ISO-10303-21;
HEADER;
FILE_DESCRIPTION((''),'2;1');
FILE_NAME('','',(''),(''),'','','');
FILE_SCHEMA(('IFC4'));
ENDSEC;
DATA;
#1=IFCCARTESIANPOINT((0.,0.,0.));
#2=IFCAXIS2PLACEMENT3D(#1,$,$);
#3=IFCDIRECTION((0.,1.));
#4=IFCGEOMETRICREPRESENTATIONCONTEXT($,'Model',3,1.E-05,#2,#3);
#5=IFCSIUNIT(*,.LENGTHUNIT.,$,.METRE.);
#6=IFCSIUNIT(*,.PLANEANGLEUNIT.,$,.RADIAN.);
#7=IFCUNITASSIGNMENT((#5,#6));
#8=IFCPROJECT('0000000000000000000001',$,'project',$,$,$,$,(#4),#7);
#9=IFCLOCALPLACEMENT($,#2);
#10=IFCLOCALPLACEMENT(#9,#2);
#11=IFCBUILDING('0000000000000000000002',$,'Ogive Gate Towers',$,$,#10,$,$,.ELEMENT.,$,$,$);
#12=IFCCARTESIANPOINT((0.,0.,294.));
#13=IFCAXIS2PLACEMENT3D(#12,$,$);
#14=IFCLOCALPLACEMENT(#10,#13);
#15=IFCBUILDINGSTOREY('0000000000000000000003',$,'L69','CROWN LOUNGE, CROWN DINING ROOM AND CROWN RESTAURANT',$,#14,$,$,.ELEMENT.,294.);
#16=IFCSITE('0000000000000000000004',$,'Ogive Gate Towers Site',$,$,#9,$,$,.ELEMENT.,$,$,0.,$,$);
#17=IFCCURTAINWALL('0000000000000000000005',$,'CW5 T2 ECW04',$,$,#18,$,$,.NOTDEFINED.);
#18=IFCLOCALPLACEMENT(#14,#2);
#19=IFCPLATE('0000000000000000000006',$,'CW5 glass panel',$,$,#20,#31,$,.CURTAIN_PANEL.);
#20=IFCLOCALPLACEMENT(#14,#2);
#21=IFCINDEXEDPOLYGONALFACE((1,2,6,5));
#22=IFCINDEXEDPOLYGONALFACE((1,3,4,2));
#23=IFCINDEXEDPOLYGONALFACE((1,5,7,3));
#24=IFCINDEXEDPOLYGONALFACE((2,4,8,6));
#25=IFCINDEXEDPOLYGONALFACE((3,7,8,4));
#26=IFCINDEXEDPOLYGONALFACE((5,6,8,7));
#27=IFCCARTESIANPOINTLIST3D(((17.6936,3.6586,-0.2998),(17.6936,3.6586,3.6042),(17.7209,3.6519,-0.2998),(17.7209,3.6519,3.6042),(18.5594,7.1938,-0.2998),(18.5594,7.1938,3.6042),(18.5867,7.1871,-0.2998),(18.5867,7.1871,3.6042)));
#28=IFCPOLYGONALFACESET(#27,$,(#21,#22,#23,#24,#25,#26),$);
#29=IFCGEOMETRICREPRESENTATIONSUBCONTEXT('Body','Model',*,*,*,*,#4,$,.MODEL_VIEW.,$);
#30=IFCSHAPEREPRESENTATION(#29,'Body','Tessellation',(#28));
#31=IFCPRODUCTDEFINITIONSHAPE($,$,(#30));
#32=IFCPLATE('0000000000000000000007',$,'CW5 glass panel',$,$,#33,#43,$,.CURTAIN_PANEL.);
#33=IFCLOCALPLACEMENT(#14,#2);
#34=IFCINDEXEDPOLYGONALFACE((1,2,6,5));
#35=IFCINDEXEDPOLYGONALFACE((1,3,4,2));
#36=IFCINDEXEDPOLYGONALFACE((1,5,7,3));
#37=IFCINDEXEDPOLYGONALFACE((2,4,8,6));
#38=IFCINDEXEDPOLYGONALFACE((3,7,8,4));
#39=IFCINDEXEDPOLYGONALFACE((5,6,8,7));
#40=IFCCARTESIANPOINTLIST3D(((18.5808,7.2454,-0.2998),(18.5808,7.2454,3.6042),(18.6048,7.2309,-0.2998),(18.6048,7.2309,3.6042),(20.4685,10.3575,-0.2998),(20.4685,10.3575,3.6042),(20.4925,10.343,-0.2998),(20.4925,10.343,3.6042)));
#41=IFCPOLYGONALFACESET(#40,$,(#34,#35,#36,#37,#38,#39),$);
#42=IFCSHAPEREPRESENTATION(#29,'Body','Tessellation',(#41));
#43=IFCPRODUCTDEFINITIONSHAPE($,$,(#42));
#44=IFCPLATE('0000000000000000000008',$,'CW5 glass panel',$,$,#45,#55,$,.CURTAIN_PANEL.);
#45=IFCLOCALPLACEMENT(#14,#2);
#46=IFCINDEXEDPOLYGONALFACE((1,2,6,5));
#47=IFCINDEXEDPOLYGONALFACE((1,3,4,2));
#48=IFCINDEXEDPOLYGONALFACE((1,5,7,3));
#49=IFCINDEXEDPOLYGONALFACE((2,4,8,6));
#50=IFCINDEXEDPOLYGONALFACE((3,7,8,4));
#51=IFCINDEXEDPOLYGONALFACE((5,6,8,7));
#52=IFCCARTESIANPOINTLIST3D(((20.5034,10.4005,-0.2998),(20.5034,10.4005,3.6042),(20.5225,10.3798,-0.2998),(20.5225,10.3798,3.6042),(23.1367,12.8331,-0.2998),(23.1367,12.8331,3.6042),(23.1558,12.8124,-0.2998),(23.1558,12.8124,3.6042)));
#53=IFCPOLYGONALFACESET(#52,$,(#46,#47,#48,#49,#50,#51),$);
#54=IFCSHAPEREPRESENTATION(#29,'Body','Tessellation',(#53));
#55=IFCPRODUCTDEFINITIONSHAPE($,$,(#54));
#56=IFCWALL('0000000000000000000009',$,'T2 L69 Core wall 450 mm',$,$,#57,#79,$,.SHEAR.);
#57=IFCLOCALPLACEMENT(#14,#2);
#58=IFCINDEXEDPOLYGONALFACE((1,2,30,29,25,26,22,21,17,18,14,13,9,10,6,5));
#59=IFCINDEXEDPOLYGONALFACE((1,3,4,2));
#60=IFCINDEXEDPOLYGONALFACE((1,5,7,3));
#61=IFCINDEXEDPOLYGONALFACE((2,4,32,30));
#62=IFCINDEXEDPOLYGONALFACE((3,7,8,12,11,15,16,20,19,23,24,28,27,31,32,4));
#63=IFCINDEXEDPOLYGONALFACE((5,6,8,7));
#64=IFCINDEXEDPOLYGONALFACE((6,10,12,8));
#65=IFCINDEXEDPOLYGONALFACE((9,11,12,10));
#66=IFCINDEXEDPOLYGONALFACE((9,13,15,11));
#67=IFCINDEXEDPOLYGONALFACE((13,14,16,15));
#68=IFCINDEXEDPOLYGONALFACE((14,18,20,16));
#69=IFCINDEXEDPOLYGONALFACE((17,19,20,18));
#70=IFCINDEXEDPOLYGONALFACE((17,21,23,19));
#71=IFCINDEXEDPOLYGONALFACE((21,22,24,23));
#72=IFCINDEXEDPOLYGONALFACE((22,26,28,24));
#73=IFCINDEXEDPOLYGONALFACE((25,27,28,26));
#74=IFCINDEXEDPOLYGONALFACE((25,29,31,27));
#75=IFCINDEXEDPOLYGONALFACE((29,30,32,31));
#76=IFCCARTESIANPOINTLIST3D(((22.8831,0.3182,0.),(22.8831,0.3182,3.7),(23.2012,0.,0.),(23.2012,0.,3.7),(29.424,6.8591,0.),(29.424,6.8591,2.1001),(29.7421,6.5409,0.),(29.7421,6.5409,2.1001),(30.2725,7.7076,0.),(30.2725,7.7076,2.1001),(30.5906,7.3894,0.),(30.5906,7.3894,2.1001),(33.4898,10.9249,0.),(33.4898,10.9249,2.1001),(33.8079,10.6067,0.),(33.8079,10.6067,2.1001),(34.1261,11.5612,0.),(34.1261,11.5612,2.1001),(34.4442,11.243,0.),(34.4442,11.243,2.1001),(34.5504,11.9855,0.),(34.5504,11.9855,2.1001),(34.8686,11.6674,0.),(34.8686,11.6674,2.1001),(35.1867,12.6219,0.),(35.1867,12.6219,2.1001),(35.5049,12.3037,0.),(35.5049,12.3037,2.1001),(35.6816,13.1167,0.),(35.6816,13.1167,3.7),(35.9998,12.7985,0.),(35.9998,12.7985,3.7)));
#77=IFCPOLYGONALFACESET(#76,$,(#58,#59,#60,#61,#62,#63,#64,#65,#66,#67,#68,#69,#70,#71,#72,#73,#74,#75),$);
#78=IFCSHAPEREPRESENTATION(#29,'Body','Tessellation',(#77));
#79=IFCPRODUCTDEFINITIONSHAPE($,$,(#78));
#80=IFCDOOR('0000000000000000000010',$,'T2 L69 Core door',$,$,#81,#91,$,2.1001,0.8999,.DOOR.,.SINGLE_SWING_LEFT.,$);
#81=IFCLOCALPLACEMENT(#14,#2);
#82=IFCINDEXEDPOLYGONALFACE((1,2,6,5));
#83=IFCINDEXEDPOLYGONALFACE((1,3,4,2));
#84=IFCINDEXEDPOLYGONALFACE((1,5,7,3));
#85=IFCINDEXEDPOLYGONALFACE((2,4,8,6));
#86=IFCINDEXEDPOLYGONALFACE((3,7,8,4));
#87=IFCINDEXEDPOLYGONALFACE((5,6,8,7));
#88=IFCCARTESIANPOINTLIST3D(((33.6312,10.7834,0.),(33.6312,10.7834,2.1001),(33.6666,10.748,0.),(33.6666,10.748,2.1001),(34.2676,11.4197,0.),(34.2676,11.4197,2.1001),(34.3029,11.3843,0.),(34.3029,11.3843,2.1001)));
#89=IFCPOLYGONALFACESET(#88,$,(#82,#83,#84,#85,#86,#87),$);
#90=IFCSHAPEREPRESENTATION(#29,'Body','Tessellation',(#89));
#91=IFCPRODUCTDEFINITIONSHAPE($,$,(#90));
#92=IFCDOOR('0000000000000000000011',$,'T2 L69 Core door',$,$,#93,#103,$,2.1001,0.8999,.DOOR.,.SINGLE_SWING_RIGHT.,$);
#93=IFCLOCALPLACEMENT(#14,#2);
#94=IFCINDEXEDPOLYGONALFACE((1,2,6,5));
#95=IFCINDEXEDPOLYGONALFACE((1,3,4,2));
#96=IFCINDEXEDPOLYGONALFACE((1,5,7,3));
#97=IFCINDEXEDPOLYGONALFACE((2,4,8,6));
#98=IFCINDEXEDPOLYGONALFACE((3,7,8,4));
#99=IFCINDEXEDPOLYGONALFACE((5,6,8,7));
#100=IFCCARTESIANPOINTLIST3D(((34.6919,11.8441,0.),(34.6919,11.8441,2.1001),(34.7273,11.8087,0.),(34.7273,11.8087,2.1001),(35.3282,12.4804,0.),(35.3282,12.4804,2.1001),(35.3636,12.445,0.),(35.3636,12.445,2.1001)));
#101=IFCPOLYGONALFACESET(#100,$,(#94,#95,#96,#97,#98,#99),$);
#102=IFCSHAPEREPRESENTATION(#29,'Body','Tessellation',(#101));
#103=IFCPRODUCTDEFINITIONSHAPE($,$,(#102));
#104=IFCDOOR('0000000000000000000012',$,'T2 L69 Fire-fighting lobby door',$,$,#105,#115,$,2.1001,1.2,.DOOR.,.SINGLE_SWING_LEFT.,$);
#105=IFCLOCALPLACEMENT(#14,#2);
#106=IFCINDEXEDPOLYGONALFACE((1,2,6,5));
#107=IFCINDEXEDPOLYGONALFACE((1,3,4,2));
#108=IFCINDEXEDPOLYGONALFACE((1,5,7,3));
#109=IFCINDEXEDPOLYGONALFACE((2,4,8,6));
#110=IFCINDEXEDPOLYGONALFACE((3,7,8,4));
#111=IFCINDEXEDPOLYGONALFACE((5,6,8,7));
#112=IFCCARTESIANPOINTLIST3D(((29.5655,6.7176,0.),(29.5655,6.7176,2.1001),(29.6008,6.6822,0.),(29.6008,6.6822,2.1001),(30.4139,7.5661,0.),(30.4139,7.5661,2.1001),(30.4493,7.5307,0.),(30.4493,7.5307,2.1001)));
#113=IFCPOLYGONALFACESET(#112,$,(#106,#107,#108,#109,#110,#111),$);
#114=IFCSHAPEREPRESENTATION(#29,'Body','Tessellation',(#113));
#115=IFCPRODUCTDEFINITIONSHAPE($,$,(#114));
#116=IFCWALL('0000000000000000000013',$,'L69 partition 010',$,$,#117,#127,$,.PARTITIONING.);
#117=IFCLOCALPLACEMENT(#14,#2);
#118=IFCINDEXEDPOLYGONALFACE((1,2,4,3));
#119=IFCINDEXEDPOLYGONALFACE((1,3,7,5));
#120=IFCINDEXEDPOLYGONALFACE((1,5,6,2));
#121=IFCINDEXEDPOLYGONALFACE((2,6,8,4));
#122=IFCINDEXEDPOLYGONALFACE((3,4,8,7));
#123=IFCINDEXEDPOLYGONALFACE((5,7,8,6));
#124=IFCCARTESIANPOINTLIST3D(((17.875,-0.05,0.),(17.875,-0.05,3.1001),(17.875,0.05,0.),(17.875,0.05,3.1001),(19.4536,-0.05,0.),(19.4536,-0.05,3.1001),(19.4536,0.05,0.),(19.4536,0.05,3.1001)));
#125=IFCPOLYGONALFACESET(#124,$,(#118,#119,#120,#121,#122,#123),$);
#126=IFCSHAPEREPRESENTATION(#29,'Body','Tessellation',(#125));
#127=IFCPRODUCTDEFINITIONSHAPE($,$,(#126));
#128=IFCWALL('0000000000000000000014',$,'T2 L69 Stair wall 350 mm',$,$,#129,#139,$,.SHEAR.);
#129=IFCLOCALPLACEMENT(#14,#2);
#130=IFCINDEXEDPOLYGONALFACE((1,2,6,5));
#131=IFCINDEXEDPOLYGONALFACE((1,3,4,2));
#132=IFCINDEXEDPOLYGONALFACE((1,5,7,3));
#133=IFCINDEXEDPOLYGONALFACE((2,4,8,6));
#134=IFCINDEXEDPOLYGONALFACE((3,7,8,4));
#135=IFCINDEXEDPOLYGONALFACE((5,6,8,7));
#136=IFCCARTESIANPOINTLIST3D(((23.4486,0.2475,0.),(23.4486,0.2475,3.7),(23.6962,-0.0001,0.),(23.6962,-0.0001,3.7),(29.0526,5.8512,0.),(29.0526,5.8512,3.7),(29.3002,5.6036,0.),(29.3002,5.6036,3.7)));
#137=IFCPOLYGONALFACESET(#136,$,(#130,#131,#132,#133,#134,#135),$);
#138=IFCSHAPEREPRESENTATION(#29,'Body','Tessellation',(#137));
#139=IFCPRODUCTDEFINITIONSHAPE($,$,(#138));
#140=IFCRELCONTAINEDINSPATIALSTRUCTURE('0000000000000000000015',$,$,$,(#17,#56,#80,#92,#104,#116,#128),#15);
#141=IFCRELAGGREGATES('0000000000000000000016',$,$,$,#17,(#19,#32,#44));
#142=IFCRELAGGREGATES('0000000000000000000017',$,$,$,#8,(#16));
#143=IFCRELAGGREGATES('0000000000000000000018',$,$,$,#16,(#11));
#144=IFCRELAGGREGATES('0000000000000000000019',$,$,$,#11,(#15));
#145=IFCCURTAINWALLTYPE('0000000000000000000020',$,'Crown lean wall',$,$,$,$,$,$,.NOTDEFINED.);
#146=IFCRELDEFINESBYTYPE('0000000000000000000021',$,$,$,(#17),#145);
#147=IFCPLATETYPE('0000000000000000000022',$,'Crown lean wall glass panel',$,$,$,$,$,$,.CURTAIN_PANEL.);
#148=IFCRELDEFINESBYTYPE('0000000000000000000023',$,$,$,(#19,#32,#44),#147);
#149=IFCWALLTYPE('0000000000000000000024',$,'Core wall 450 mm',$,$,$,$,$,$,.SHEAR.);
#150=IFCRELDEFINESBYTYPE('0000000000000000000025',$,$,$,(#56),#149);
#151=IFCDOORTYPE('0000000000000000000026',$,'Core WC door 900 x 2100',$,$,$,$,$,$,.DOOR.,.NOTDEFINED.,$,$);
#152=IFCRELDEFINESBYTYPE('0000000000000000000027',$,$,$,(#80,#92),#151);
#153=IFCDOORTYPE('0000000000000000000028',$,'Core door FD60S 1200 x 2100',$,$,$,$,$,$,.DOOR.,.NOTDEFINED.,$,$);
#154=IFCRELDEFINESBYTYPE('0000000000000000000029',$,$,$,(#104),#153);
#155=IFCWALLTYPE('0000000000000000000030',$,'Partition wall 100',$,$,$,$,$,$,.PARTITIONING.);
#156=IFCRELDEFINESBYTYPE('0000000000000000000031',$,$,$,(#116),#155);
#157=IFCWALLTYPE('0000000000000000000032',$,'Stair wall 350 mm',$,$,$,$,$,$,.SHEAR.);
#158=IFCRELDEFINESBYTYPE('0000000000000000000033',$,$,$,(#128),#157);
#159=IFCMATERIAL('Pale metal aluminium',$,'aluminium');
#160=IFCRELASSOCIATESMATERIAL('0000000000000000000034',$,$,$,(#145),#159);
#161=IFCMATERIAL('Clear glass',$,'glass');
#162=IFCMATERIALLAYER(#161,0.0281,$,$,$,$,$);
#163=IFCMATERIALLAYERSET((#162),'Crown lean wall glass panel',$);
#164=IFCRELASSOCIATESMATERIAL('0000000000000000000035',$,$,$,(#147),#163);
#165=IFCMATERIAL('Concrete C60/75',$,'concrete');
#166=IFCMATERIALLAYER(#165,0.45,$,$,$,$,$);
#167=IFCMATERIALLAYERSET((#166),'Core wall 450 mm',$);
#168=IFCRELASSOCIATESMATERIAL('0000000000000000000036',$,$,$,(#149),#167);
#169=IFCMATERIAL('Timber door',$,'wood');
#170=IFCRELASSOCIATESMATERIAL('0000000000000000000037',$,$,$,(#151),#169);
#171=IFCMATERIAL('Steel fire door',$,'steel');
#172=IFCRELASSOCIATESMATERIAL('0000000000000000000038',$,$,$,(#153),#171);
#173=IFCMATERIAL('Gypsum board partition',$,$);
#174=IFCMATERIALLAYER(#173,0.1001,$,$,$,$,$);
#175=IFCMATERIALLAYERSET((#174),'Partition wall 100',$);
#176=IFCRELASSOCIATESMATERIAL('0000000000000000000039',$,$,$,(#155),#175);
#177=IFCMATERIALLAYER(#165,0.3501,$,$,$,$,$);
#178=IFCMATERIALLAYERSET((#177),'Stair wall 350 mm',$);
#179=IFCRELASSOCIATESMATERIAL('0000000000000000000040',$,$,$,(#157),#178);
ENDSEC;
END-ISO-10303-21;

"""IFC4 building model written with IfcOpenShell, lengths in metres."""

from ifc_helpers import new_model, si_unit, direction, frame, frame_2d, origin, origin_2d, place, context, subcontext, project, spatial, rectangle, extrude, material, layer, layer_set, type_object, element, fill, aggregate, save


model = new_model("IFC4")

# Units and contexts
model_context = context("Model", 3, precision=1e-05, world=origin(), true_north=direction((0.0, 1.0)))
body_context = subcontext(model_context, "Body", "Model", "MODEL_VIEW")
ifc_project = project(units=[si_unit("LENGTHUNIT", "METRE"), si_unit("PLANEANGLEUNIT", "RADIAN")], contexts=[model_context])

# Site, building, storey
site_placement = place(None, origin())
site = spatial("IfcSite", under=ifc_project, at=site_placement, Name="Ogive Gate Towers Site", CompositionType="ELEMENT", RefElevation=0.0)
building_placement = place(site_placement, origin())
building = spatial("IfcBuilding", under=site, at=building_placement, Name="Ogive Gate Towers", CompositionType="ELEMENT")
storey_placement = place(building_placement, frame((0.0, 0.0, 294.0)))
storey = spatial("IfcBuildingStorey", under=building, at=storey_placement, Name="L69", Description="CROWN LOUNGE, CROWN DINING ROOM AND CROWN RESTAURANT", CompositionType="ELEMENT", Elevation=294.0)

# Curtain wall
ifc_material_1 = material(Name="Pale metal aluminium", Category="aluminium")
curtain_wall_type = type_object("IfcCurtainWallType", Name="Crown lean wall", PredefinedType="NOTDEFINED", material=ifc_material_1)
curtain_wall_1_placement = place(storey_placement, origin())
curtain_wall_1 = element("IfcCurtainWall", 1, at=curtain_wall_1_placement, inside=storey, type_object=curtain_wall_type, Name="CW5 T2 ECW04", PredefinedType="NOTDEFINED")

# Plates
ifc_material_2 = material(Name="Clear glass", Category="glass")
ifc_layer_1 = layer(ifc_material_2, 0.0281)
ifc_layer_set_1 = layer_set([ifc_layer_1], Name="Crown lean wall glass panel")
plate_type = type_object("IfcPlateType", Name="Crown lean wall glass panel", PredefinedType="CURTAIN_PANEL", material=ifc_layer_set_1)
plate_1_placement = place(storey_placement, frame((18.1401, 5.4229, -0.2998), z_axis=(0.0, 0.0, 1.0), x_axis=(0.237872, 0.971296, 0.0)))
plate_1 = element("IfcPlate", 2, at=plate_1_placement, type_object=plate_type, Name="CW5 glass panel", PredefinedType="CURTAIN_PANEL", context=body_context, shape_type="SweptSolid", body=[
    extrude(rectangle(XDim=3.6396, YDim=0.0281, at=origin_2d()), origin(), (0.0, 0.0, 1.0), 3.9041),
])
plate_2_placement = place(storey_placement, frame((19.5366, 8.7942, -0.2998), z_axis=(0.0, 0.0, 1.0), x_axis=(0.518624, 0.855002, 0.0)))
plate_2 = element("IfcPlate", 3, at=plate_2_placement, type_object=plate_type, Name="CW5 glass panel", PredefinedType="CURTAIN_PANEL", context=body_context, shape_type="SweptSolid", body=[
    extrude(rectangle(XDim=3.6399, YDim=0.0281, at=origin_2d()), origin(), (0.0, 0.0, 1.0), 3.9041),
])
plate_3_placement = place(storey_placement, frame((21.8296, 11.6064, -0.2998), z_axis=(0.0, 0.0, 1.0), x_axis=(0.734548, 0.678557, 0.0)))
plate_3 = element("IfcPlate", 4, at=plate_3_placement, type_object=plate_type, Name="CW5 glass panel", PredefinedType="CURTAIN_PANEL", context=body_context, shape_type="SweptSolid", body=[
    extrude(rectangle(XDim=3.585, YDim=0.0281, at=origin_2d()), origin(), (0.0, 0.0, 1.0), 3.9041),
])
aggregate(curtain_wall_1, [plate_1, plate_2, plate_3])

# Wall, openings, doors
ifc_material_3 = material(Name="Concrete C60/75", Category="concrete")
ifc_layer_2 = layer(ifc_material_3, 0.45)
ifc_layer_set_2 = layer_set([ifc_layer_2], Name="Core wall 450 mm")
wall_type_1 = type_object("IfcWallType", Name="Core wall 450 mm", PredefinedType="SHEAR", material=ifc_layer_set_2)
wall_1_placement = place(storey_placement, frame((23.0422, 0.1592, 0.0), z_axis=(0.0, 0.0, 1.0), x_axis=(0.707107, 0.707107, 0.0)))
wall_1 = element("IfcWall", 5, at=wall_1_placement, inside=storey, type_object=wall_type_1, Name="T2 L69 Core wall 450 mm", PredefinedType="SHEAR", context=body_context, shape_type="SweptSolid", body=[
    extrude(rectangle(XDim=18.0999, YDim=0.45, at=frame_2d((9.0498, 0.0))), origin(), (0.0, 0.0, 1.0), 3.7),
])
opening_1_placement = place(wall_1_placement, frame((9.25, 0.0, 0.0)))
opening_1 = element("IfcOpeningElement", 6, at=opening_1_placement, cuts=wall_1, PredefinedType="OPENING", context=body_context, shape_type="SweptSolid", body=[
    extrude(rectangle(XDim=1.2, YDim=2.1001, at=frame_2d((0.6001, 1.05))), frame((0.0, 0.2349, 0.0), z_axis=(0.0, -1.0, 0.0), x_axis=(1.0, 0.0, 0.0)), (0.0, 0.0, 1.0), 0.47),
])
opening_2_placement = place(wall_1_placement, frame((15.0, 0.0, 0.0)))
opening_2 = element("IfcOpeningElement", 7, at=opening_2_placement, cuts=wall_1, PredefinedType="OPENING", context=body_context, shape_type="SweptSolid", body=[
    extrude(rectangle(XDim=0.8999, YDim=2.1001, at=frame_2d((0.45, 1.05))), frame((0.0, 0.2349, 0.0), z_axis=(0.0, -1.0, 0.0), x_axis=(1.0, 0.0, 0.0)), (0.0, 0.0, 1.0), 0.47),
])
opening_3_placement = place(wall_1_placement, frame((16.5, 0.0, 0.0)))
opening_3 = element("IfcOpeningElement", 8, at=opening_3_placement, cuts=wall_1, PredefinedType="OPENING", context=body_context, shape_type="SweptSolid", body=[
    extrude(rectangle(XDim=0.8999, YDim=2.1001, at=frame_2d((0.45, 1.05))), frame((0.0, 0.2349, 0.0), z_axis=(0.0, -1.0, 0.0), x_axis=(1.0, 0.0, 0.0)), (0.0, 0.0, 1.0), 0.47),
])
ifc_material_4 = material(Name="Timber door", Category="wood")
door_type_1 = type_object("IfcDoorType", Name="Core WC door 900 x 2100", OperationType="NOTDEFINED", PredefinedType="DOOR", material=ifc_material_4)
door_1_placement = place(opening_2_placement, origin())
door_1 = element("IfcDoor", 9, at=door_1_placement, inside=storey, type_object=door_type_1, Name="T2 L69 Core door", OperationType="SINGLE_SWING_LEFT", OverallHeight=2.1001, OverallWidth=0.8999, PredefinedType="DOOR", context=body_context, shape_type="SweptSolid", body=[
    extrude(rectangle(XDim=0.8999, YDim=2.1001, at=frame_2d((0.45, 1.05))), frame((0.0, 0.0249, 0.0), z_axis=(0.0, -1.0, 0.0), x_axis=(1.0, 0.0, 0.0)), (0.0, 0.0, 1.0), 0.05),
])
fill(opening_2, door_1)
door_2_placement = place(opening_3_placement, origin())
door_2 = element("IfcDoor", 10, at=door_2_placement, inside=storey, type_object=door_type_1, Name="T2 L69 Core door", OperationType="SINGLE_SWING_RIGHT", OverallHeight=2.1001, OverallWidth=0.8999, PredefinedType="DOOR", context=body_context, shape_type="SweptSolid", body=[
    extrude(rectangle(XDim=0.8999, YDim=2.1001, at=frame_2d((0.45, 1.05))), frame((0.0, 0.0249, 0.0), z_axis=(0.0, -1.0, 0.0), x_axis=(1.0, 0.0, 0.0)), (0.0, 0.0, 1.0), 0.05),
])
fill(opening_3, door_2)
ifc_material_5 = material(Name="Steel fire door", Category="steel")
door_type_2 = type_object("IfcDoorType", Name="Core door FD60S 1200 x 2100", OperationType="NOTDEFINED", PredefinedType="DOOR", material=ifc_material_5)
door_3_placement = place(opening_1_placement, origin())
door_3 = element("IfcDoor", 11, at=door_3_placement, inside=storey, type_object=door_type_2, Name="T2 L69 Fire-fighting lobby door", OperationType="SINGLE_SWING_LEFT", OverallHeight=2.1001, OverallWidth=1.2, PredefinedType="DOOR", context=body_context, shape_type="SweptSolid", body=[
    extrude(rectangle(XDim=1.2, YDim=2.1001, at=frame_2d((0.6001, 1.05))), frame((0.0, 0.0249, 0.0), z_axis=(0.0, -1.0, 0.0), x_axis=(1.0, 0.0, 0.0)), (0.0, 0.0, 1.0), 0.05),
])
fill(opening_1, door_3)

# Walls
ifc_material_6 = material(Name="Gypsum board partition")
ifc_layer_3 = layer(ifc_material_6, 0.1001)
ifc_layer_set_3 = layer_set([ifc_layer_3], Name="Partition wall 100")
wall_type_2 = type_object("IfcWallType", Name="Partition wall 100", PredefinedType="PARTITIONING", material=ifc_layer_set_3)
wall_2_placement = place(storey_placement, frame((17.875, 0.0, 0.0), z_axis=(0.0, 0.0, 1.0), x_axis=(1.0, 0.0, 0.0)))
element("IfcWall", 12, at=wall_2_placement, inside=storey, type_object=wall_type_2, Name="L69 partition 010", PredefinedType="PARTITIONING", context=body_context, shape_type="SweptSolid", body=[
    extrude(rectangle(XDim=1.5786, YDim=0.1001, at=frame_2d((0.7893, 0.0))), origin(), (0.0, 0.0, 1.0), 3.1001),
])
ifc_layer_4 = layer(ifc_material_3, 0.3501)
ifc_layer_set_4 = layer_set([ifc_layer_4], Name="Stair wall 350 mm")
wall_type_3 = type_object("IfcWallType", Name="Stair wall 350 mm", PredefinedType="SHEAR", material=ifc_layer_set_4)
wall_3_placement = place(storey_placement, frame((23.5725, 0.1238, 0.0), z_axis=(0.0, 0.0, 1.0), x_axis=(0.707122, 0.707091, 0.0)))
element("IfcWall", 13, at=wall_3_placement, inside=storey, type_object=wall_type_3, Name="T2 L69 Stair wall 350 mm", PredefinedType="SHEAR", context=body_context, shape_type="SweptSolid", body=[
    extrude(rectangle(XDim=7.925, YDim=0.3501, at=frame_2d((3.9624, 0.0))), origin(), (0.0, 0.0, 1.0), 3.7),
])

save(model, "model.ifc")
